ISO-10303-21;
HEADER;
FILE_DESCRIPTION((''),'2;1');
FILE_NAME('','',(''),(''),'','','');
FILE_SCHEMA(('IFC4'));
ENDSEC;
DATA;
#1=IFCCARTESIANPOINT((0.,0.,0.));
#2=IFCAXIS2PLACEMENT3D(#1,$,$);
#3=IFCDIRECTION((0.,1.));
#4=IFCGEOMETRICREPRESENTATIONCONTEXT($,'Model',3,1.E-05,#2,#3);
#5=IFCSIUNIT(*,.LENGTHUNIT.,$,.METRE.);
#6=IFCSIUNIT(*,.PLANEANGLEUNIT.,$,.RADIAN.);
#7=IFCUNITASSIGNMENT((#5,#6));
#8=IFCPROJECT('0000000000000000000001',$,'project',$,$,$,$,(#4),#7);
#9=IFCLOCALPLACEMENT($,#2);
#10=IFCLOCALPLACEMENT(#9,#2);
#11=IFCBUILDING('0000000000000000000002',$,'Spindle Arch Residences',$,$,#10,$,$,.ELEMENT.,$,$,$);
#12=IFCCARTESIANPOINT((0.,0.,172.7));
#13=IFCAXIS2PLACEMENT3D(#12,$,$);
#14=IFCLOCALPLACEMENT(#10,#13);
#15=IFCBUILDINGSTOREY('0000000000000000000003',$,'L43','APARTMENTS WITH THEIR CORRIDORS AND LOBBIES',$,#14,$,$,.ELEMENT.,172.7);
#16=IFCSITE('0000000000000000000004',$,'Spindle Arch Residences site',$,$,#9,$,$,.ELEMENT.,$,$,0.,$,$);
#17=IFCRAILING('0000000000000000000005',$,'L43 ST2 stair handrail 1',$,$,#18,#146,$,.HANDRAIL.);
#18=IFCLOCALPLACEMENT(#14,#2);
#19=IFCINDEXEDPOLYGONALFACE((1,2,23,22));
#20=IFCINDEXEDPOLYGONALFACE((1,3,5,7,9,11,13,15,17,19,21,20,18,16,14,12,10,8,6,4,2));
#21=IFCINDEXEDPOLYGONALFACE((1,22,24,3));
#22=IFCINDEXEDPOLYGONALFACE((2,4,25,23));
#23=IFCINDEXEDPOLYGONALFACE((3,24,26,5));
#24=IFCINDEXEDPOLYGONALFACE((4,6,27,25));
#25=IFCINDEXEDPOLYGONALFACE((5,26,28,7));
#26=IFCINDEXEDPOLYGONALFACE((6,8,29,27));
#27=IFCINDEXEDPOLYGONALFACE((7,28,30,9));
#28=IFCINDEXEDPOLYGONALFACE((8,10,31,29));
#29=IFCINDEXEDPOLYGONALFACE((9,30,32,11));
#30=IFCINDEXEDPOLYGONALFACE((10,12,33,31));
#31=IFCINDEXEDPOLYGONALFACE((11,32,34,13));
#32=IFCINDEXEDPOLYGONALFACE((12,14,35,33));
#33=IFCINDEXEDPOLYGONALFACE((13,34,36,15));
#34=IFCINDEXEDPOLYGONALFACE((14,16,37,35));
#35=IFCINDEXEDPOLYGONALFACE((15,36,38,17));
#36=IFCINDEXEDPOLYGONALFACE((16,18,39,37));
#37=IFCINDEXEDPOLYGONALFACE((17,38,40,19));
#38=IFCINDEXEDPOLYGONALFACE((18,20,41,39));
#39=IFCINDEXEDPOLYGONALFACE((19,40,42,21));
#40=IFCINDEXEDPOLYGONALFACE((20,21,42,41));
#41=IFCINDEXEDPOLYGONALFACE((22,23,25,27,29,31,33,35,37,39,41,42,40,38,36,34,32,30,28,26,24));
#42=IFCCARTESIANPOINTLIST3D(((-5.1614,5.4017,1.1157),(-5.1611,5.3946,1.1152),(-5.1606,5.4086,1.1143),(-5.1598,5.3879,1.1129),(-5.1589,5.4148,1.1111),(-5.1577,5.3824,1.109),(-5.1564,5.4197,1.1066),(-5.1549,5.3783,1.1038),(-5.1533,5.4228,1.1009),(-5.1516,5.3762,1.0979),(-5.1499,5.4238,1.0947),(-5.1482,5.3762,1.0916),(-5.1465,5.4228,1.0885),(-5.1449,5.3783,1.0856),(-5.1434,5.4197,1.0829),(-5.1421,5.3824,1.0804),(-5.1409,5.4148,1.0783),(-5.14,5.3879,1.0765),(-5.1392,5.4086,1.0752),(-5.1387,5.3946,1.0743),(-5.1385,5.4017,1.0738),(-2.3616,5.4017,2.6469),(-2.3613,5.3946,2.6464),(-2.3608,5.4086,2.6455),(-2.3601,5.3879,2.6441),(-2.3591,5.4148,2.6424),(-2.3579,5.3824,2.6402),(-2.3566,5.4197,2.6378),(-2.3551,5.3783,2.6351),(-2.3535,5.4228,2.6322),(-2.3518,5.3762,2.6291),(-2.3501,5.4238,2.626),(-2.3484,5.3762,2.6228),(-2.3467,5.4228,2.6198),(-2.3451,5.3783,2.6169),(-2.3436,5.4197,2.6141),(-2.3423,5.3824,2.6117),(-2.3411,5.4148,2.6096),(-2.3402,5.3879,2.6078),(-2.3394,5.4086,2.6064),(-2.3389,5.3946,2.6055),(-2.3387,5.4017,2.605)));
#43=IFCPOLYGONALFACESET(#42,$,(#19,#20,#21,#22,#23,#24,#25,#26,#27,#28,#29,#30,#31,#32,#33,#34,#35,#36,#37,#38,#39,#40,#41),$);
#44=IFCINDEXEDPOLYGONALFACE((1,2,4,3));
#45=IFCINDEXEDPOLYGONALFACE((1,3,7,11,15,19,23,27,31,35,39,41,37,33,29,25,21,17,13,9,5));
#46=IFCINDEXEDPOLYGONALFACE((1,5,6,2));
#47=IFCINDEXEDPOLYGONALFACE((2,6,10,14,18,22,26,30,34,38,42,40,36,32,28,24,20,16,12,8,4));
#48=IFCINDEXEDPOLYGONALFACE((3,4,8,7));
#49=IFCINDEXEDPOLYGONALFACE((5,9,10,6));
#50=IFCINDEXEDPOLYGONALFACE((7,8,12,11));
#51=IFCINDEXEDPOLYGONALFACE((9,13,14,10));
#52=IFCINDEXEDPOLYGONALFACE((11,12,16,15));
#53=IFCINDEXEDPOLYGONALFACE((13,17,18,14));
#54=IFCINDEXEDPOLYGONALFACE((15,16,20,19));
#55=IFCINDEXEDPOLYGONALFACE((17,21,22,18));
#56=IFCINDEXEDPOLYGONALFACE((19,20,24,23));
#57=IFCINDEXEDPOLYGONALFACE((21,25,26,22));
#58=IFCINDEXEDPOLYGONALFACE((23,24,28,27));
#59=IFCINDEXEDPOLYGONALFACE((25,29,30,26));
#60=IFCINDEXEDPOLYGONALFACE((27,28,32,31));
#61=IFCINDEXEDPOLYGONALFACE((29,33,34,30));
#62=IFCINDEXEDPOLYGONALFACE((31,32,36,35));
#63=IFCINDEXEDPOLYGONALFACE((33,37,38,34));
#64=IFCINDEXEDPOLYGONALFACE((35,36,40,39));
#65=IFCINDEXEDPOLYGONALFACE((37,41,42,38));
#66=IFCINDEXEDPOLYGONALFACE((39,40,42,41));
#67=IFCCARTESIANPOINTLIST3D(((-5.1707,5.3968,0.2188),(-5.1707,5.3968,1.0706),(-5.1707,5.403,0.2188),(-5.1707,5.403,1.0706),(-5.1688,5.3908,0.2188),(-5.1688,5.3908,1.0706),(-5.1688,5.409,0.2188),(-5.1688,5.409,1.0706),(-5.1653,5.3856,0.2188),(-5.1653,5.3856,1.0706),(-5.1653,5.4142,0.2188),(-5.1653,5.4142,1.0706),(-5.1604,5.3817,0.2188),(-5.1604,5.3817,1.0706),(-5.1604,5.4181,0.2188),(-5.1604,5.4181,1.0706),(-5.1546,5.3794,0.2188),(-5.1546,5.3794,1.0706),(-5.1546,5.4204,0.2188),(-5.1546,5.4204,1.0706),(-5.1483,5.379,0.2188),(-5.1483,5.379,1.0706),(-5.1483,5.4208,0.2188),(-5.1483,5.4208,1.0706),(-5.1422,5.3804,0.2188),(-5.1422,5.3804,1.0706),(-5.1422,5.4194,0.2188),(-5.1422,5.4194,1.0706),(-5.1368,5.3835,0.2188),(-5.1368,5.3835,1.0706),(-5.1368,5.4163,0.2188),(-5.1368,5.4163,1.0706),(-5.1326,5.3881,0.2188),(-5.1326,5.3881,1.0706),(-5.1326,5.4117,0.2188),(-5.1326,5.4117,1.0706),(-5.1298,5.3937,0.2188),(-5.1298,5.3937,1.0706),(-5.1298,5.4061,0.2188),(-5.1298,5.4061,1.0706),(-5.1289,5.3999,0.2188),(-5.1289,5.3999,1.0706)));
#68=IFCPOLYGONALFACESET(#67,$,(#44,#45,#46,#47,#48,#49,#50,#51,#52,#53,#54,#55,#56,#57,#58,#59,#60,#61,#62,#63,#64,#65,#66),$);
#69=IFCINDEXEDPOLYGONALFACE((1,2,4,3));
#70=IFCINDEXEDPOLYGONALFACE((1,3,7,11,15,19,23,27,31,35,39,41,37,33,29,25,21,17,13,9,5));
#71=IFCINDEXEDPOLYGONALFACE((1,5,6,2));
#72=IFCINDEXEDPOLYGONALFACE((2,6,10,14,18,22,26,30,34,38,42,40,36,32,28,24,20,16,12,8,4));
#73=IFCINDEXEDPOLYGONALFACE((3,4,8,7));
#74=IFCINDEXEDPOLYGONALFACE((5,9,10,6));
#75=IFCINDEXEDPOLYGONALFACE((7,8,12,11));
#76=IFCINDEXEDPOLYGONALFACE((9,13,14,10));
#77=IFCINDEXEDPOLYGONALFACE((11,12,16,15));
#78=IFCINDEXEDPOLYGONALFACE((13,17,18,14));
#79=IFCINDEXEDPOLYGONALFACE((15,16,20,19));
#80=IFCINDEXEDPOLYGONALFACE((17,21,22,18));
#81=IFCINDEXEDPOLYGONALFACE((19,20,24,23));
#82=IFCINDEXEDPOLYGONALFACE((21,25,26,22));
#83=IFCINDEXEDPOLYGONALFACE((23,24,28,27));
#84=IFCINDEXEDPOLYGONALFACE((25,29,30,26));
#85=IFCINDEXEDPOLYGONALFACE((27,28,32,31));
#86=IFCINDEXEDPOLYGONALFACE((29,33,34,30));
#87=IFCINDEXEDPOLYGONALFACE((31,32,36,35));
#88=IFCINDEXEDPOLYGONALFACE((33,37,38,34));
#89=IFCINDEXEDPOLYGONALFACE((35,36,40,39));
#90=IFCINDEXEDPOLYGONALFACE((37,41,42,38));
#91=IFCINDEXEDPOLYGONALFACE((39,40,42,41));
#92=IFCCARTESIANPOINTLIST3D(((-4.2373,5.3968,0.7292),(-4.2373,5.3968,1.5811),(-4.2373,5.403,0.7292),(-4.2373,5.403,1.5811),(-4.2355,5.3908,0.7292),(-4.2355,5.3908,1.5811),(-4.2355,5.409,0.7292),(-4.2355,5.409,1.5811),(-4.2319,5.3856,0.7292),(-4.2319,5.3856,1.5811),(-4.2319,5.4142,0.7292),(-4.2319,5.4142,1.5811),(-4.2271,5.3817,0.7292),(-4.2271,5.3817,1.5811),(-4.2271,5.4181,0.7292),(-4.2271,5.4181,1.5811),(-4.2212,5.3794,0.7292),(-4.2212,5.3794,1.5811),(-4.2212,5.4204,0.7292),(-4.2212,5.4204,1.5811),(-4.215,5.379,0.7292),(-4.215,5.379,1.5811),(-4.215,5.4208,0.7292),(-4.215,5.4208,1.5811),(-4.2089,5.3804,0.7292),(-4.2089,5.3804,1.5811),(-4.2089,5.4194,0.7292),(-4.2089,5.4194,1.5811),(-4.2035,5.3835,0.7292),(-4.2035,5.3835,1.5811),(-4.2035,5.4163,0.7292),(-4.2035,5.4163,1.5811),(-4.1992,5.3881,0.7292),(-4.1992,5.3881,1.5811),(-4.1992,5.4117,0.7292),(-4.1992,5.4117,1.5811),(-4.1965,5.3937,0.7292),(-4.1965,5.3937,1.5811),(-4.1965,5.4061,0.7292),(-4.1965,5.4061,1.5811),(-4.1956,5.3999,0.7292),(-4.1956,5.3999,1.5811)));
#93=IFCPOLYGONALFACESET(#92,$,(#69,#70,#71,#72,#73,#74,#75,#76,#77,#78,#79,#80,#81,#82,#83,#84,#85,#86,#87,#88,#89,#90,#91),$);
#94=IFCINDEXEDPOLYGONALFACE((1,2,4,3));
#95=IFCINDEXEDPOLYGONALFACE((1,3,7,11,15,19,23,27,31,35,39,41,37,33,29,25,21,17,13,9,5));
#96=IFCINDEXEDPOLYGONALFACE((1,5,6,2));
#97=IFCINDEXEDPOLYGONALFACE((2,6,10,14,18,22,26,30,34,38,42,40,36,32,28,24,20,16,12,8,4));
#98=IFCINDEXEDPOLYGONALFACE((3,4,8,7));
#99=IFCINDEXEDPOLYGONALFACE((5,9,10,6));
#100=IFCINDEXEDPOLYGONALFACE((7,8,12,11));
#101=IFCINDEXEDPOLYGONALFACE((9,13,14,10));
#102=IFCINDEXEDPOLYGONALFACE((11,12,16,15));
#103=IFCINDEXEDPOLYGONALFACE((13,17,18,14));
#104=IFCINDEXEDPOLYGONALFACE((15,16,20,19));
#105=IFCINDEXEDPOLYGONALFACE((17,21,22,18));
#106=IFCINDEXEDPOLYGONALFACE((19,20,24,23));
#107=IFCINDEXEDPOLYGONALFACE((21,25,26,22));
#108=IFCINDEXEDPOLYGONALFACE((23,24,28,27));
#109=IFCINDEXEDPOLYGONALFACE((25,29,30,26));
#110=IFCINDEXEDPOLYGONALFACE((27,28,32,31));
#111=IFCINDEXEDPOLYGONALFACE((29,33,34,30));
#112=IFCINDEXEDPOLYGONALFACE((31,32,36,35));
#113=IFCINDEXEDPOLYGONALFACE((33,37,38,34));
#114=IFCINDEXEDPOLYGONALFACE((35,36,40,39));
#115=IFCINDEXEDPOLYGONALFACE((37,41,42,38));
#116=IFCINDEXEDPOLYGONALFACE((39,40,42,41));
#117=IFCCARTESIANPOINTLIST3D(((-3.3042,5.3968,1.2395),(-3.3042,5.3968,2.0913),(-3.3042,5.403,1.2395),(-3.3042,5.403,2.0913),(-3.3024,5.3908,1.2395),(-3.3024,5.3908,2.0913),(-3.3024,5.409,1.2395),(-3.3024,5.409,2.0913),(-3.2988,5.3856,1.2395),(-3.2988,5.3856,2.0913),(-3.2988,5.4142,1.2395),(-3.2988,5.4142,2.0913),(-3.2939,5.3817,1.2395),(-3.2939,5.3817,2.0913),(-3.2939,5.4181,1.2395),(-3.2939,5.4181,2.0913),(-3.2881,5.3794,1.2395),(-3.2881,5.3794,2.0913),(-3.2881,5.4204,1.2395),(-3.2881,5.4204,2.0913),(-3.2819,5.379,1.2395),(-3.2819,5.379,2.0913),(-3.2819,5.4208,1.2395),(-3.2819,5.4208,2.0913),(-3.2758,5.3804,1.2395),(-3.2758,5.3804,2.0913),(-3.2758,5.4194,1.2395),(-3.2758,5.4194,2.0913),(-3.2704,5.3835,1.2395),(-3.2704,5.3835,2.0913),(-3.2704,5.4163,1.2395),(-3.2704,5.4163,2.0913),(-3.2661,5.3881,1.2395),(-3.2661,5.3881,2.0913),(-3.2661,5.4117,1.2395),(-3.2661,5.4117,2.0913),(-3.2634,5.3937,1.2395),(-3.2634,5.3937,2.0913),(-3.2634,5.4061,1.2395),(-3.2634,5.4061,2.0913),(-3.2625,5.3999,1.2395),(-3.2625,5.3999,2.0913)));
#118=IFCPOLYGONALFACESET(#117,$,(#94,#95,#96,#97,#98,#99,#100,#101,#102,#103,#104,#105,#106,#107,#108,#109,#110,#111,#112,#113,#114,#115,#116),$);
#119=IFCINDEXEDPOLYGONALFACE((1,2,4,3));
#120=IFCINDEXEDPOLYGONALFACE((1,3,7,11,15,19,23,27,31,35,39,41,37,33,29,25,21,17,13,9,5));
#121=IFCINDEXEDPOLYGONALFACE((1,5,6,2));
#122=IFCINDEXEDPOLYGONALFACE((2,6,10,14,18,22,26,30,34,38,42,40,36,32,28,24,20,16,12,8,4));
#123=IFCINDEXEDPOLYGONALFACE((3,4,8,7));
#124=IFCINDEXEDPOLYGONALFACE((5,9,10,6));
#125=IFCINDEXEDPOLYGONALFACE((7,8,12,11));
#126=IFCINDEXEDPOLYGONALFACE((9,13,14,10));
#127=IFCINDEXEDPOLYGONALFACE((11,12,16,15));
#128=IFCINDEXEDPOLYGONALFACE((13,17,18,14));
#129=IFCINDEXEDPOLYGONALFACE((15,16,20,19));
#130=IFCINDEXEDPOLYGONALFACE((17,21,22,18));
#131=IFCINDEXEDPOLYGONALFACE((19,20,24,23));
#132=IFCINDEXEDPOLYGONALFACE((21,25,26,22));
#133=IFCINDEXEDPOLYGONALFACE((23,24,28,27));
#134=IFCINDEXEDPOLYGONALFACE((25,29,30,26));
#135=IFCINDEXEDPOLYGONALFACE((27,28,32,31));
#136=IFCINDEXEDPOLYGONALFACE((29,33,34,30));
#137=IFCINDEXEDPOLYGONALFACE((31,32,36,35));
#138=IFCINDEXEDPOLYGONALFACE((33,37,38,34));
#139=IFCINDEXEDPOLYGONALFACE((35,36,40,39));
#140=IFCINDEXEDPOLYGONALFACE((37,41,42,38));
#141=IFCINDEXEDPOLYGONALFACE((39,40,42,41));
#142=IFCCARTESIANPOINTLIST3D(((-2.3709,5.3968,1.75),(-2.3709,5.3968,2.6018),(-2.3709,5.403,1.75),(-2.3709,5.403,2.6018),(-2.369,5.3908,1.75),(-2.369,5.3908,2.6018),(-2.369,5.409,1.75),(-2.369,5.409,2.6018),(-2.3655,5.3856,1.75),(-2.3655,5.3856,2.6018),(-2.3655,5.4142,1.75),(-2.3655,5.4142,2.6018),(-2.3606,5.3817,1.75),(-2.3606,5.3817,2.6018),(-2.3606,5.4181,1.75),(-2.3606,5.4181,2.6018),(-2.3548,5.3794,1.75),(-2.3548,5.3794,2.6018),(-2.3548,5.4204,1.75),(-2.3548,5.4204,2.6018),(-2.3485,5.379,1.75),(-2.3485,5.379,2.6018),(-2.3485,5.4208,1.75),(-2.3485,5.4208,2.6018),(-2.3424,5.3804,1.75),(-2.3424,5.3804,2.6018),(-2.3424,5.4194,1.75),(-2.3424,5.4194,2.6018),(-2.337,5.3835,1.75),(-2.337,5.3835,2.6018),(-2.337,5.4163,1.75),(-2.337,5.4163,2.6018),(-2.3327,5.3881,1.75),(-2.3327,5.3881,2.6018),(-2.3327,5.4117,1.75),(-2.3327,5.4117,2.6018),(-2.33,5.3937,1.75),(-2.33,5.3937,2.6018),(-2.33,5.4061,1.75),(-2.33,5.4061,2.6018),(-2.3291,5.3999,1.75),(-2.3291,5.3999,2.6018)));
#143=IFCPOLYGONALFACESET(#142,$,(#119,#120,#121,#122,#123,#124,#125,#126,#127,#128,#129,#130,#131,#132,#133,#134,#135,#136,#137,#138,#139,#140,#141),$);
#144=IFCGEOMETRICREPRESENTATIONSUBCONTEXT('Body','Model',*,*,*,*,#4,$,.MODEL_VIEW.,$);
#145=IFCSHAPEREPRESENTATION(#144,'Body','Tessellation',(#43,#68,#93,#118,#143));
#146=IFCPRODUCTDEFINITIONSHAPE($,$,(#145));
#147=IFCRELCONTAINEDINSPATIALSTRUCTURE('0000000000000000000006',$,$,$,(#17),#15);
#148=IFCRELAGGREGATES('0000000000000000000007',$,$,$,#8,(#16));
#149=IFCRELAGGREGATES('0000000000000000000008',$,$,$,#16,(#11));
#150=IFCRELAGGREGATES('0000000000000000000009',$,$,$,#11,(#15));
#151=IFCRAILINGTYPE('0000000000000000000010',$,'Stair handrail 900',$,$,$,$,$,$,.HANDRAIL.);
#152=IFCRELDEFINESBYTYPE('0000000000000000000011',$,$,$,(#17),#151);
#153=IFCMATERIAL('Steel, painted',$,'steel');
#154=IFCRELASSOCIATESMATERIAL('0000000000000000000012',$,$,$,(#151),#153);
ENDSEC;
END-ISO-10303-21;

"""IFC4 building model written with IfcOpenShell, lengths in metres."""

from ifc_helpers import new_model, si_unit, direction, frame, origin, origin_2d, place, context, subcontext, project, spatial, circle, extrude, material, type_object, element, save


model = new_model("IFC4")

# Units and contexts
model_context = context("Model", 3, precision=1e-05, world=origin(), true_north=direction((0.0, 1.0)))
body_context = subcontext(model_context, "Body", "Model", "MODEL_VIEW")
ifc_project = project(units=[si_unit("LENGTHUNIT", "METRE"), si_unit("PLANEANGLEUNIT", "RADIAN")], contexts=[model_context])

# Site, building, storey
site_placement = place(None, origin())
site = spatial("IfcSite", under=ifc_project, at=site_placement, Name="Spindle Arch Residences site", CompositionType="ELEMENT", RefElevation=0.0)
building_placement = place(site_placement, origin())
building = spatial("IfcBuilding", under=site, at=building_placement, Name="Spindle Arch Residences", CompositionType="ELEMENT")
storey_placement = place(building_placement, frame((0.0, 0.0, 172.7)))
storey = spatial("IfcBuildingStorey", under=building, at=storey_placement, Name="L43", Description="APARTMENTS WITH THEIR CORRIDORS AND LOBBIES", CompositionType="ELEMENT", Elevation=172.7)

# Railing
ifc_material_1 = material(Name="Steel, painted", Category="steel")
railing_type_1 = type_object("IfcRailingType", Name="Stair handrail 900", PredefinedType="HANDRAIL", material=ifc_material_1)
railing_1_placement = place(storey_placement, frame((-5.1499, 5.3999, 0.2188)))
element("IfcRailing", 1, at=railing_1_placement, inside=storey, type_object=railing_type_1, Name="L43 ST2 stair handrail 1", PredefinedType="HANDRAIL", context=body_context, shape_type="SweptSolid", body=[
    extrude(circle(Radius=0.0239, at=origin_2d()), frame((0.0, 0.0, 0.876), z_axis=(0.877357, 0.0, 0.479838), x_axis=(0.0, 1.0, 0.0)), (0.0, 0.0, 1.0), 3.1912),
    extrude(circle(Radius=0.021, at=origin_2d()), origin(), (0.0, 0.0, 1.0), 0.8518),
    extrude(circle(Radius=0.021, at=origin_2d()), frame((0.9333, 0.0, 0.5105)), (0.0, 0.0, 1.0), 0.8518),
    extrude(circle(Radius=0.021, at=origin_2d()), frame((1.8665, 0.0, 1.0208)), (0.0, 0.0, 1.0), 0.8518),
    extrude(circle(Radius=0.021, at=origin_2d()), frame((2.7998, 0.0, 1.5312)), (0.0, 0.0, 1.0), 0.8518),
])

save(model, "model.ifc")
